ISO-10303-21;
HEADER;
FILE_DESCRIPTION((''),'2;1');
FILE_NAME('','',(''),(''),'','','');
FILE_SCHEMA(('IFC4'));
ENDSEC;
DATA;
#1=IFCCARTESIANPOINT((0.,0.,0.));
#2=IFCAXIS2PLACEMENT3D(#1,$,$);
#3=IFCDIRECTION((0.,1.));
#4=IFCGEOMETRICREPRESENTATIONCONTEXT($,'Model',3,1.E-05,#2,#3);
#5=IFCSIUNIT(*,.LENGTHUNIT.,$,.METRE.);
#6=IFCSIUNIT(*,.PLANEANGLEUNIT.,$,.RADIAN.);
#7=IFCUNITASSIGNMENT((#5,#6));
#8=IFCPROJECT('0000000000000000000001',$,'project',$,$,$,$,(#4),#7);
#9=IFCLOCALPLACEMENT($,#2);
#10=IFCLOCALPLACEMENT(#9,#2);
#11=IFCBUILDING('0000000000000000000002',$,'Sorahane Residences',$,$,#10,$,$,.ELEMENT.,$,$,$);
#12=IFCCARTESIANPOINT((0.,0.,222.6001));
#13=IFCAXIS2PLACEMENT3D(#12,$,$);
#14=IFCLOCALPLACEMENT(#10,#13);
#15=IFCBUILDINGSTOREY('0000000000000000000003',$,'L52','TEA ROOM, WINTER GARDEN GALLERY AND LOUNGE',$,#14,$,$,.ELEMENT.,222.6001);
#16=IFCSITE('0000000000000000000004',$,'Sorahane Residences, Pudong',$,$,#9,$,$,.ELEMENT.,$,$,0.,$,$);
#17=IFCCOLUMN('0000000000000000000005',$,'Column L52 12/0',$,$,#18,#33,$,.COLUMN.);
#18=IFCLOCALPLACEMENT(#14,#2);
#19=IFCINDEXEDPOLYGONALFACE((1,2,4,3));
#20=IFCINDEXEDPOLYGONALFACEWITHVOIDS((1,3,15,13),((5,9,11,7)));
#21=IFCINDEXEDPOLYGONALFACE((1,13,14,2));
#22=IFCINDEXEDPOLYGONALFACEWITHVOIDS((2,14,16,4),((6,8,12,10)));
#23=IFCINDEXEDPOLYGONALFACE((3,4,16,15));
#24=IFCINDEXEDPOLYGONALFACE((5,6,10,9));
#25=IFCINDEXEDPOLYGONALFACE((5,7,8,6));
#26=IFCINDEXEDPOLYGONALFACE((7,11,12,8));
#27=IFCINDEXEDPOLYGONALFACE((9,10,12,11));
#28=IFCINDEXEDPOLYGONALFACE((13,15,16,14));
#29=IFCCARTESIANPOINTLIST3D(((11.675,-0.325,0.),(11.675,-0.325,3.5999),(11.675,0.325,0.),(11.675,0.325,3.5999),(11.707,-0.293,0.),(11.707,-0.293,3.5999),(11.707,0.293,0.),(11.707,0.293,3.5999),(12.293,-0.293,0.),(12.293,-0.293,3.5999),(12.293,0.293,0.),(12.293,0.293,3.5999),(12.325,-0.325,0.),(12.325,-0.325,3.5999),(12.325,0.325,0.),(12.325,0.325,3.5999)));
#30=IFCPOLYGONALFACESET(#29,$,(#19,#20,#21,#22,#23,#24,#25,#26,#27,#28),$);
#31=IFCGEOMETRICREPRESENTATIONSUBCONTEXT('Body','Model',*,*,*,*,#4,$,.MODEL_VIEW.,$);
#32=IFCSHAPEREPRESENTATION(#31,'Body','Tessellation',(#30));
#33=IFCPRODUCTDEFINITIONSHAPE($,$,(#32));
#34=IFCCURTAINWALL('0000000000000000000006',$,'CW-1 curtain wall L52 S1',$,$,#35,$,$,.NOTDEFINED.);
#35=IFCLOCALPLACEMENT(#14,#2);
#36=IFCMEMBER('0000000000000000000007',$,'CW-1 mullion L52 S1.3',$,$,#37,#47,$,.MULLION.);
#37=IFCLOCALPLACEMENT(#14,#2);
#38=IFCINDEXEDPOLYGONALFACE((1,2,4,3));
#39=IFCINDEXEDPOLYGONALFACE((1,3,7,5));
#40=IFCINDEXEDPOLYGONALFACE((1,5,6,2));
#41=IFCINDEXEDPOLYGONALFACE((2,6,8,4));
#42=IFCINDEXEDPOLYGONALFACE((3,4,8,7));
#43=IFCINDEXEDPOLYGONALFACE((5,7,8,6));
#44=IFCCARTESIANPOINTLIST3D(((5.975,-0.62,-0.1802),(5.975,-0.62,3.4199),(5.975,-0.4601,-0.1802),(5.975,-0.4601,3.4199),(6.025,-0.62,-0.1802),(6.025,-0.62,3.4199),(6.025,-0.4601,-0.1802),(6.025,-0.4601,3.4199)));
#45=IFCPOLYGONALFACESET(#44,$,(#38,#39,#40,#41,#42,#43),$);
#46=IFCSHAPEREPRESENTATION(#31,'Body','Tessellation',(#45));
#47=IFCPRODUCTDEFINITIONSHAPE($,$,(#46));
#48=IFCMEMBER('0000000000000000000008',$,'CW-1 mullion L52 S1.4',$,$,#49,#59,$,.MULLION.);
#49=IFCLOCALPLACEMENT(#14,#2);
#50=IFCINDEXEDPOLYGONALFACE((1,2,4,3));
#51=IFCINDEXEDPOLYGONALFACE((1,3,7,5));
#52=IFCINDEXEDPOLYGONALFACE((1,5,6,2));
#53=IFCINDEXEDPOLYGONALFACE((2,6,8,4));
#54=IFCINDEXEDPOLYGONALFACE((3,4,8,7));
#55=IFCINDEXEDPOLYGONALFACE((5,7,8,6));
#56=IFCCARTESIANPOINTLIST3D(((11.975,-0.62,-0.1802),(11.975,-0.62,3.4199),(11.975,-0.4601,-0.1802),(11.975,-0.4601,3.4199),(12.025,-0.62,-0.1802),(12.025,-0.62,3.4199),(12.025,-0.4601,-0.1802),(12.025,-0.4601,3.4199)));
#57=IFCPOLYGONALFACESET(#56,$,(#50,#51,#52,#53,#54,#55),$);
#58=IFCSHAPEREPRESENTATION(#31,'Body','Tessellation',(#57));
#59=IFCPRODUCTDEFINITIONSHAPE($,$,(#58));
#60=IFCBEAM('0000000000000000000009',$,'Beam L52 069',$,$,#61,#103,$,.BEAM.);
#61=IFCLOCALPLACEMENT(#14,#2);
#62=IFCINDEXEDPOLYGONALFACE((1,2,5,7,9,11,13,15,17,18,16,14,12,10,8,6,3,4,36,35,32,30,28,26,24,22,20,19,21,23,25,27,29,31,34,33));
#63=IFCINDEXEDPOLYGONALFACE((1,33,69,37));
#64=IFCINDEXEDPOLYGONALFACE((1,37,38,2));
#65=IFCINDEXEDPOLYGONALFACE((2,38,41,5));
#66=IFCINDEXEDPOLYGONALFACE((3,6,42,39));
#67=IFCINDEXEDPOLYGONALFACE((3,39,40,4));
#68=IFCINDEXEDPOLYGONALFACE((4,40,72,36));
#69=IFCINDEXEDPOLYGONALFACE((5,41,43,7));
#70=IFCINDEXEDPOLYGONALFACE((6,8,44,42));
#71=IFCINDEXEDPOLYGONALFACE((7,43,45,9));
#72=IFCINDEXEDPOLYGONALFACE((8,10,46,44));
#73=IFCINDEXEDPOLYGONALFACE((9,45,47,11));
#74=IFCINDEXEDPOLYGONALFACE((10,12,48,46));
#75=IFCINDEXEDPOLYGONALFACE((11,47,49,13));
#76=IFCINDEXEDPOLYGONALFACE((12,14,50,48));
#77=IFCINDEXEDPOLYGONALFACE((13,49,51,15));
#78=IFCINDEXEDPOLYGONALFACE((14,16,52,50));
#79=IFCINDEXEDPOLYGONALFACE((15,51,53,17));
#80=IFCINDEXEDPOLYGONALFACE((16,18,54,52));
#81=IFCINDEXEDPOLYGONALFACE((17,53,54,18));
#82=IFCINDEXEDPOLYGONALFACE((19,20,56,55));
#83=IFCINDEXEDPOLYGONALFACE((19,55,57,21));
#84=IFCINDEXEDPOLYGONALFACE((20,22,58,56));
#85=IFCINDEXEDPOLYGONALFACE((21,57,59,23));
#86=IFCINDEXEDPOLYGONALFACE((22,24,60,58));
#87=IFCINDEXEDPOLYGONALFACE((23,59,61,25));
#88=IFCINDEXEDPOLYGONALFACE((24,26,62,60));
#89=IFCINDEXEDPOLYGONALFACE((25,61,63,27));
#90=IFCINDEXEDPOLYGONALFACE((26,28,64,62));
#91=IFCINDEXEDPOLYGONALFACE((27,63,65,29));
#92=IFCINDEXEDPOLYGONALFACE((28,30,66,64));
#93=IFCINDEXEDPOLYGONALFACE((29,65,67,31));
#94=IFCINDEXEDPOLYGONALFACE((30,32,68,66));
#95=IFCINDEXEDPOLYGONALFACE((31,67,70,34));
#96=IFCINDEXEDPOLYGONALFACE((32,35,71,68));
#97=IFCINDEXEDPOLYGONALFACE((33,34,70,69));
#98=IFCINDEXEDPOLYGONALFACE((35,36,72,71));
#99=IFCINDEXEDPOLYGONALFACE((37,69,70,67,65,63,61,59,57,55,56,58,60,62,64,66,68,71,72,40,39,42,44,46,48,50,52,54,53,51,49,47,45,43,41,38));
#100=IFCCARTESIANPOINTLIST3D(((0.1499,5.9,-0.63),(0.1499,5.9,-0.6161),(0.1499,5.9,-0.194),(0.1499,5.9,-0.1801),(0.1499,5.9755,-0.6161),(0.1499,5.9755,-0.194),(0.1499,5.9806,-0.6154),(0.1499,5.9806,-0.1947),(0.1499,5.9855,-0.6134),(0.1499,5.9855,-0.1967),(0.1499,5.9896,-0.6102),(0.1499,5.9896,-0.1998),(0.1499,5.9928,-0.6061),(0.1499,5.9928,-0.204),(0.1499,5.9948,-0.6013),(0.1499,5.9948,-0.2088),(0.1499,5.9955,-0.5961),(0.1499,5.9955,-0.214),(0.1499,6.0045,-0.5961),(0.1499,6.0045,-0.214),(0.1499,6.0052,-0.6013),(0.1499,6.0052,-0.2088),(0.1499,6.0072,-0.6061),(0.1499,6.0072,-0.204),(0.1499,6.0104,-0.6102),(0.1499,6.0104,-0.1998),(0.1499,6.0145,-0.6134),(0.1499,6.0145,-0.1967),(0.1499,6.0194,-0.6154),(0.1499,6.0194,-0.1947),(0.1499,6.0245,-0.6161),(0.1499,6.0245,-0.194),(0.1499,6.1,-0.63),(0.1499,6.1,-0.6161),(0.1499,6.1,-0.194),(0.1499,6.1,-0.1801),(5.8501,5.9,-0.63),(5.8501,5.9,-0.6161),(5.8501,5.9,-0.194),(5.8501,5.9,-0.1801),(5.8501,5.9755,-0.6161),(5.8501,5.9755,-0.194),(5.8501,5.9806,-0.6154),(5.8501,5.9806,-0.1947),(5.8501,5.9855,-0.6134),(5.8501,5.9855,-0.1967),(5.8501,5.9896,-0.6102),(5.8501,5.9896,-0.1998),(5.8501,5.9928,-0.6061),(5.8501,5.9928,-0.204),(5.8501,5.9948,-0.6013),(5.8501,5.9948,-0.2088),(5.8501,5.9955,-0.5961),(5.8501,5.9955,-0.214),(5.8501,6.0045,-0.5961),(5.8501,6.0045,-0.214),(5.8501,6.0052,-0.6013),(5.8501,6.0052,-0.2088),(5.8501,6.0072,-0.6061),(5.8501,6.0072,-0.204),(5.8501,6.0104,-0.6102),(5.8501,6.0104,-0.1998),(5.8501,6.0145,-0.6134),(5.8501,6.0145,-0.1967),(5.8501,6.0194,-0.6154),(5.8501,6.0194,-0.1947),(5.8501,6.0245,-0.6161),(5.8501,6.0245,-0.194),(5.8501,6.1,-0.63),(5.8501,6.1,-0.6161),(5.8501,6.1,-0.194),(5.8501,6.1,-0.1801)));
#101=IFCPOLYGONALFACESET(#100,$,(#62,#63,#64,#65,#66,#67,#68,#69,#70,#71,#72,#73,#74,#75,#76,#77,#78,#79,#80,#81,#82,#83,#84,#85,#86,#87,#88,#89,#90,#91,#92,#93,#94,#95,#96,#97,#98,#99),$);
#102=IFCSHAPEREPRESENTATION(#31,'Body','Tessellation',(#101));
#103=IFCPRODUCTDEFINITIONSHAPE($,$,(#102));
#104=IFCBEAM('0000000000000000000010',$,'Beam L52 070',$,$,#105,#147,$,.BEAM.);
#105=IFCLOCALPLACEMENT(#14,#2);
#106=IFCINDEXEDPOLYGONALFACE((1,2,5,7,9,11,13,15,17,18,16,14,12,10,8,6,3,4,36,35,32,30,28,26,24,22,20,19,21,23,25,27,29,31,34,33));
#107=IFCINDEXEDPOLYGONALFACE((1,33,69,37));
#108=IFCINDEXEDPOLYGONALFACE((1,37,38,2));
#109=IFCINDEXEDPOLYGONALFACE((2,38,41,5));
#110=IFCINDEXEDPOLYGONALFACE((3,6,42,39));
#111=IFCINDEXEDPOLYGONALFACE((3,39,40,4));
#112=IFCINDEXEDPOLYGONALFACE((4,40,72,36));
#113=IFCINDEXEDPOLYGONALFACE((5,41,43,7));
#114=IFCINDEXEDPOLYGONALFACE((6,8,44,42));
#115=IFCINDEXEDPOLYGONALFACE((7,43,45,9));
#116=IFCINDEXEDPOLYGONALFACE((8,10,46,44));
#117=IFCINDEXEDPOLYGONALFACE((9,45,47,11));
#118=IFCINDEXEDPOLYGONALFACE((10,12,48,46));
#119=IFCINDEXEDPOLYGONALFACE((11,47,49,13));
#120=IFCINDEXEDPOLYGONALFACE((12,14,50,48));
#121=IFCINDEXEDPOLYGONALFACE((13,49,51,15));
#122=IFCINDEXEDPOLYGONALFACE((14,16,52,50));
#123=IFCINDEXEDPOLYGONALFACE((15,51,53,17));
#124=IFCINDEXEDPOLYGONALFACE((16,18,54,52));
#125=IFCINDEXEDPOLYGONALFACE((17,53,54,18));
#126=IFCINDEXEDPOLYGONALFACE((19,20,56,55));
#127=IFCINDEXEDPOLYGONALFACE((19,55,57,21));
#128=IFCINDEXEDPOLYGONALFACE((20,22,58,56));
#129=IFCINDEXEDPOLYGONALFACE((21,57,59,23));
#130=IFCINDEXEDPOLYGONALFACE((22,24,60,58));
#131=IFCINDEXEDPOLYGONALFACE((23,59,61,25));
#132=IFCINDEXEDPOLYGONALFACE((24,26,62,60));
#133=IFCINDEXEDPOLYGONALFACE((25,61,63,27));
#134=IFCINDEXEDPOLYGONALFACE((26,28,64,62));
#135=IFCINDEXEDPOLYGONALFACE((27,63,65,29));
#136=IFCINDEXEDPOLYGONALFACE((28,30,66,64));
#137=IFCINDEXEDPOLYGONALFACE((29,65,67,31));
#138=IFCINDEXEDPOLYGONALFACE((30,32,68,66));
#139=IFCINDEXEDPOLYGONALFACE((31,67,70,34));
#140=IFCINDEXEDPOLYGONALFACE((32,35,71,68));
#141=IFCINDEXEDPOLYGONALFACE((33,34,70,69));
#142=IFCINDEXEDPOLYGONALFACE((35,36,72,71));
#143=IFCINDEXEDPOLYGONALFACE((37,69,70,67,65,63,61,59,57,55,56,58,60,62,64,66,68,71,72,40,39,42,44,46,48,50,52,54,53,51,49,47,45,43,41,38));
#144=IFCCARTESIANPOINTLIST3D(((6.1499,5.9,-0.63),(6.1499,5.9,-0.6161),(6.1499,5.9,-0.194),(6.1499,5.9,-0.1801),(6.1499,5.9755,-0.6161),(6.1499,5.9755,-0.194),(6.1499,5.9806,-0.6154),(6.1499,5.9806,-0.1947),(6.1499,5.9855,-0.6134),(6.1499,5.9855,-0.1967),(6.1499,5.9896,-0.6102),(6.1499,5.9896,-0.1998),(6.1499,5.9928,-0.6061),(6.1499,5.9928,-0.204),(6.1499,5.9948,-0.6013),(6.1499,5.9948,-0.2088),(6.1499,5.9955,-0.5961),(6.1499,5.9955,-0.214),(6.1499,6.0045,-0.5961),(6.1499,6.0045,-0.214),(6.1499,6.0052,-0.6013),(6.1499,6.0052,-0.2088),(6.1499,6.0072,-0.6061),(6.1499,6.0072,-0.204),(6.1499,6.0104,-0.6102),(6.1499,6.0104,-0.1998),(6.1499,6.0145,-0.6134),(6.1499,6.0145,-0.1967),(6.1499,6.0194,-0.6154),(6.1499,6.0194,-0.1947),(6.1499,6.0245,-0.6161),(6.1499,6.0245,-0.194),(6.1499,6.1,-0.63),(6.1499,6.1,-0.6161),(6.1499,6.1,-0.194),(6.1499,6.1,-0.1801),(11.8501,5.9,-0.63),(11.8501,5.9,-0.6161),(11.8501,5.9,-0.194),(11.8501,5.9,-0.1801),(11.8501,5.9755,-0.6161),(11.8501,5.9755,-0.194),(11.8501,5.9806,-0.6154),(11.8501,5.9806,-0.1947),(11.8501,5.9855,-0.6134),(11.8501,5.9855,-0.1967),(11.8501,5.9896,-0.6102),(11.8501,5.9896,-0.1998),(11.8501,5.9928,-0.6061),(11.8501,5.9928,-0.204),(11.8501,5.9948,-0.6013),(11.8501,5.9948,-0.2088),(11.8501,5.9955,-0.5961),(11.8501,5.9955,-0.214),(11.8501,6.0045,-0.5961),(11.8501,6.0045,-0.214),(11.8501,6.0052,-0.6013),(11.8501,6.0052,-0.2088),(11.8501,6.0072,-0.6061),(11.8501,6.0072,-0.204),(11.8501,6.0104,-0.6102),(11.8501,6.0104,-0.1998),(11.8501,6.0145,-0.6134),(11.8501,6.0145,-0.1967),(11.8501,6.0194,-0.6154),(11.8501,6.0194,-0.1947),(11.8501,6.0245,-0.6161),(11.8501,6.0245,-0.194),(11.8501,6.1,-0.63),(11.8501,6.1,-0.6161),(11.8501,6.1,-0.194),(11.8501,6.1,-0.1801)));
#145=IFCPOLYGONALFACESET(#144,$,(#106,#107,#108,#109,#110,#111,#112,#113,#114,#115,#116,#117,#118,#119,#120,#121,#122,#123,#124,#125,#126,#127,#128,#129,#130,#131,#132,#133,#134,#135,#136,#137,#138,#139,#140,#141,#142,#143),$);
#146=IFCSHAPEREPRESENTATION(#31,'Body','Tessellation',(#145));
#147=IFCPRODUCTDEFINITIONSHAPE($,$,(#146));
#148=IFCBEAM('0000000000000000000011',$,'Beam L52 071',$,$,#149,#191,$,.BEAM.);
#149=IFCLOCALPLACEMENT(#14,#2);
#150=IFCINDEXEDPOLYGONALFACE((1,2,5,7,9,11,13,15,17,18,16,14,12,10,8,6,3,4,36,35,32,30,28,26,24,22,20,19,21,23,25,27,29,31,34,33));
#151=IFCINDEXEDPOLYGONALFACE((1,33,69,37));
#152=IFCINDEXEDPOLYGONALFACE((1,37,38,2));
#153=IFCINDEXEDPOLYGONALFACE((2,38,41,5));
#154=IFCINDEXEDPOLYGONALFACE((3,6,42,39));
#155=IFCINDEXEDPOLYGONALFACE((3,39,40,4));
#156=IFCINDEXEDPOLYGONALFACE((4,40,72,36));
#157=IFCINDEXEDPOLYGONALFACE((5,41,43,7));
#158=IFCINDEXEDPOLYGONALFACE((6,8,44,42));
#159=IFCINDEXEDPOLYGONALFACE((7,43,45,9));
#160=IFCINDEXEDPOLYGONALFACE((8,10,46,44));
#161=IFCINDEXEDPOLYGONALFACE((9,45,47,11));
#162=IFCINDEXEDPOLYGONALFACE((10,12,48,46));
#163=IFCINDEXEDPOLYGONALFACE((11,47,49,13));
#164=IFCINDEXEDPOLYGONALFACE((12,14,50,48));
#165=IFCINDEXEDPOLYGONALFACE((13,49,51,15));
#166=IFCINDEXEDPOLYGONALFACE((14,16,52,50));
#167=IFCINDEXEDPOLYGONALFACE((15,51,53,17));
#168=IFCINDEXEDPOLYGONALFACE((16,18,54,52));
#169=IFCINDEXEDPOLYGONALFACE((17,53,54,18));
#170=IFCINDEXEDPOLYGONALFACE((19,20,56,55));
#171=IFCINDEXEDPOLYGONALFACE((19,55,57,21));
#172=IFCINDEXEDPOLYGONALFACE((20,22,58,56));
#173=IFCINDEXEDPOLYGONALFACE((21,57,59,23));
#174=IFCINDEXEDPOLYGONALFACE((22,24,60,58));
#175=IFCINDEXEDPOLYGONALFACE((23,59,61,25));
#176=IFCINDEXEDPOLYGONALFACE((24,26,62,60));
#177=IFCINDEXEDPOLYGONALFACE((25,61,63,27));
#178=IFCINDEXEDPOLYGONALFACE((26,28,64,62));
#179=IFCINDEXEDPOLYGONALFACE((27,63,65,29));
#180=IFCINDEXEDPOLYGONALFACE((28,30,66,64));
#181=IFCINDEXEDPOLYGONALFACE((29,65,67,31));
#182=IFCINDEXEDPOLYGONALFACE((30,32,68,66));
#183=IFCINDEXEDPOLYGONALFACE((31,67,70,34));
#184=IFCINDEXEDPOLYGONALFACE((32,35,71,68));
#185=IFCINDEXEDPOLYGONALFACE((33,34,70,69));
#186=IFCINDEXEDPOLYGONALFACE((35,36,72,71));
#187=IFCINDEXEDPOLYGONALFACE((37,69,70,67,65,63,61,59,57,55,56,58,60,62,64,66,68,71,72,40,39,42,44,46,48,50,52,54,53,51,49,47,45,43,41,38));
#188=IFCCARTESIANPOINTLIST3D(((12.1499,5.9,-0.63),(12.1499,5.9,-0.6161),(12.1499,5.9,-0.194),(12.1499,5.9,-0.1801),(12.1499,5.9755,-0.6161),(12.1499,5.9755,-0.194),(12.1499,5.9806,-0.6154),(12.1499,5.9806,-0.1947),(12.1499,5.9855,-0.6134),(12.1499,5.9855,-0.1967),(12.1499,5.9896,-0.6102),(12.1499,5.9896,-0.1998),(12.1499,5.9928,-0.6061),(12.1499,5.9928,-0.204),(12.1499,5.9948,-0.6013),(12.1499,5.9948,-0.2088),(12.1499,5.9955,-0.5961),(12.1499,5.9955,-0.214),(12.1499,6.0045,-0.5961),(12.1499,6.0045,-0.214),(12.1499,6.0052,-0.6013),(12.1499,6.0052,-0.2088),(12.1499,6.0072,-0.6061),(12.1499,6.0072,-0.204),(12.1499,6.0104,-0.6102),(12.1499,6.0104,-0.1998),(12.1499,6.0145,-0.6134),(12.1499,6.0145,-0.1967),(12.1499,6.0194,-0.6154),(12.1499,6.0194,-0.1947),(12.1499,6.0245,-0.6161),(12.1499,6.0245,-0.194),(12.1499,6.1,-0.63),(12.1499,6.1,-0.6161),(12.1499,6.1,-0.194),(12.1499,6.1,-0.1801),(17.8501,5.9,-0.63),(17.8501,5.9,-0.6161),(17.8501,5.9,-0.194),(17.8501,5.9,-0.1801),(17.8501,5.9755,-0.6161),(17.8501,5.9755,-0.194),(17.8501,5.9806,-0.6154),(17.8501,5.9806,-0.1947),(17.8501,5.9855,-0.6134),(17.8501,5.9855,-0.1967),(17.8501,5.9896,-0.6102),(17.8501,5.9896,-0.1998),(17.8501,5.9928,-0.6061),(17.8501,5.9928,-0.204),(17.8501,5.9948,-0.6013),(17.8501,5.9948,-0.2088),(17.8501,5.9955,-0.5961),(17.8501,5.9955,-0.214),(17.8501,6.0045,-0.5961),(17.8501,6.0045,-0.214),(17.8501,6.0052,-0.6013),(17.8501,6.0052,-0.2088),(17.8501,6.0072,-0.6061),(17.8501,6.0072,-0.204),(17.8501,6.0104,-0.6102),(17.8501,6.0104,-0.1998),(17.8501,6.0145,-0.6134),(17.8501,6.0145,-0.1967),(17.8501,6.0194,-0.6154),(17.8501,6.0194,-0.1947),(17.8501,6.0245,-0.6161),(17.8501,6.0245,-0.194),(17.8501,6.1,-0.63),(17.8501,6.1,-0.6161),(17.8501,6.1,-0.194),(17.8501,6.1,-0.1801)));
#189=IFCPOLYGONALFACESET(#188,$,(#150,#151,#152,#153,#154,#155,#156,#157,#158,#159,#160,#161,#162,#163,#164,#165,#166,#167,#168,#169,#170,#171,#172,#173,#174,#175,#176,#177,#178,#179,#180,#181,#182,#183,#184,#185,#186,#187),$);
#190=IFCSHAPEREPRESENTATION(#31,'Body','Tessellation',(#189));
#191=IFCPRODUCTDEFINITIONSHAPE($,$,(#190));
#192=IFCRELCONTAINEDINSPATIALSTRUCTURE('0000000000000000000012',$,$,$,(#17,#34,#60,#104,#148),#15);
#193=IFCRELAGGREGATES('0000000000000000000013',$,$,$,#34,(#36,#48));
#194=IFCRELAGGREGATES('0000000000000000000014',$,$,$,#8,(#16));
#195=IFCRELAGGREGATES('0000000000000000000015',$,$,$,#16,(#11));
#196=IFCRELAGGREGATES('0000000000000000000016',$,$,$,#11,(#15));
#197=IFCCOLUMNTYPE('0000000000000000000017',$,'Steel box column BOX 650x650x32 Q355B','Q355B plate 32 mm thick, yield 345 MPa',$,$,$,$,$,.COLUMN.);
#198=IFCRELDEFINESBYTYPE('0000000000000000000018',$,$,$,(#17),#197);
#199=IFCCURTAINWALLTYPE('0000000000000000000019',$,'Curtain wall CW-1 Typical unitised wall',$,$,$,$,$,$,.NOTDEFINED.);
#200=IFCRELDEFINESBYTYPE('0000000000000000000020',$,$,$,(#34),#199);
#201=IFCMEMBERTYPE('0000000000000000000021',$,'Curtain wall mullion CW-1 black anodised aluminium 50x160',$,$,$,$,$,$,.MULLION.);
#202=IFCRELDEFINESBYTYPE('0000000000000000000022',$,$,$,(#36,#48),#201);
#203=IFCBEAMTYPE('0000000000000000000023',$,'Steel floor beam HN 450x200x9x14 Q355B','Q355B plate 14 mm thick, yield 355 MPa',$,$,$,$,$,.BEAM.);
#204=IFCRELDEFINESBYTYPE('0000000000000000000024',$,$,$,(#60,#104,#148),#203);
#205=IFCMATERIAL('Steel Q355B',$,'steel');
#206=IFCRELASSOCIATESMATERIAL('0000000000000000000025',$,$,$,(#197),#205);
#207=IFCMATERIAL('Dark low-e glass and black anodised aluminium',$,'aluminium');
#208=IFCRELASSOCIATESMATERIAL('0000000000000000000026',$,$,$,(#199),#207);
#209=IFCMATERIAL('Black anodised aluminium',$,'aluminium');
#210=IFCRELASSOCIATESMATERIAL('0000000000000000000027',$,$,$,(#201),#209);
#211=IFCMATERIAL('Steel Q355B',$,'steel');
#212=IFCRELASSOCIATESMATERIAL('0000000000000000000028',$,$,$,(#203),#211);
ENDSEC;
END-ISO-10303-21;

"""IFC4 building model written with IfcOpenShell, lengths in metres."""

from ifc_helpers import new_model, si_unit, direction, frame, origin, origin_2d, place, context, subcontext, project, spatial, rectangle, hollow_rectangle, i_section, extrude, material, material_profile, profile_set, type_object, element, aggregate, save


model = new_model("IFC4")

# Units and contexts
model_context = context("Model", 3, precision=1e-05, world=origin(), true_north=direction((0.0, 1.0)))
body_context = subcontext(model_context, "Body", "Model", "MODEL_VIEW")
ifc_project = project(units=[si_unit("LENGTHUNIT", "METRE"), si_unit("PLANEANGLEUNIT", "RADIAN")], contexts=[model_context])

# Site, building, storey
site_placement = place(None, origin())
site = spatial("IfcSite", under=ifc_project, at=site_placement, Name="Sorahane Residences, Pudong", CompositionType="ELEMENT", RefElevation=0.0)
building_placement = place(site_placement, origin())
building = spatial("IfcBuilding", under=site, at=building_placement, Name="Sorahane Residences", CompositionType="ELEMENT")
storey_placement = place(building_placement, frame((0.0, 0.0, 222.6001)))
storey = spatial("IfcBuildingStorey", under=building, at=storey_placement, Name="L52", Description="TEA ROOM, WINTER GARDEN GALLERY AND LOUNGE", CompositionType="ELEMENT", Elevation=222.6001)

# Column
ifc_material_1 = material(Name="Steel Q355B", Category="steel")
ifc_material_profile_1 = material_profile(ifc_material_1, hollow_rectangle(XDim=0.6499, YDim=0.6499, WallThickness=0.032, at=origin_2d()), Name="BOX 650x650x32")
ifc_profile_set_1 = profile_set([ifc_material_profile_1], Name="Steel Q355B")
column_type = type_object("IfcColumnType", Name="Steel box column BOX 650x650x32 Q355B", Description="Q355B plate 32 mm thick, yield 345 MPa", PredefinedType="COLUMN", material=ifc_profile_set_1)
column_placement = place(storey_placement, frame((12.0, 0.0, 0.0), z_axis=(0.0, 0.0, 1.0), x_axis=(1.0, 0.0, 0.0)))
element("IfcColumn", 1, at=column_placement, inside=storey, type_object=column_type, Name="Column L52 12/0", PredefinedType="COLUMN", context=body_context, shape_type="SweptSolid", body=[
    extrude(hollow_rectangle(XDim=0.6499, YDim=0.6499, WallThickness=0.032, at=origin_2d()), origin(), (0.0, 0.0, 1.0), 3.5999),
])

# Curtain wall, members
ifc_material_2 = material(Name="Dark low-e glass and black anodised aluminium", Category="aluminium")
curtain_wall_type = type_object("IfcCurtainWallType", Name="Curtain wall CW-1 Typical unitised wall", PredefinedType="NOTDEFINED", material=ifc_material_2)
curtain_wall_placement = place(storey_placement, origin())
curtain_wall = element("IfcCurtainWall", 2, at=curtain_wall_placement, inside=storey, type_object=curtain_wall_type, Name="CW-1 curtain wall L52 S1", PredefinedType="NOTDEFINED")
ifc_material_3 = material(Name="Black anodised aluminium", Category="aluminium")
ifc_material_profile_2 = material_profile(ifc_material_3, rectangle(XDim=0.1599, YDim=0.05, at=origin_2d()), Name="Curtain wall mullion CW-1 black anodised aluminium 50x160")
ifc_profile_set_2 = profile_set([ifc_material_profile_2], Name="Black anodised aluminium")
member_type = type_object("IfcMemberType", Name="Curtain wall mullion CW-1 black anodised aluminium 50x160", PredefinedType="MULLION", material=ifc_profile_set_2)
member_1_placement = place(storey_placement, frame((6.0, -0.54, -0.1802), z_axis=(0.0, 0.0, 1.0), x_axis=(0.0, -1.0, 0.0)))
member_1 = element("IfcMember", 3, at=member_1_placement, type_object=member_type, Name="CW-1 mullion L52 S1.3", PredefinedType="MULLION", context=body_context, shape_type="SweptSolid", body=[
    extrude(rectangle(XDim=0.1599, YDim=0.05, at=origin_2d()), origin(), (0.0, 0.0, 1.0), 3.6001),
])
member_2_placement = place(storey_placement, frame((12.0, -0.54, -0.1802), z_axis=(0.0, 0.0, 1.0), x_axis=(0.0, -1.0, 0.0)))
member_2 = element("IfcMember", 4, at=member_2_placement, type_object=member_type, Name="CW-1 mullion L52 S1.4", PredefinedType="MULLION", context=body_context, shape_type="SweptSolid", body=[
    extrude(rectangle(XDim=0.1599, YDim=0.05, at=origin_2d()), origin(), (0.0, 0.0, 1.0), 3.6001),
])

# Beams
ifc_material_4 = material(Name="Steel Q355B", Category="steel")
ifc_material_profile_3 = material_profile(ifc_material_4, i_section(OverallWidth=0.2, OverallDepth=0.45, WebThickness=0.009, FlangeThickness=0.0139, FilletRadius=0.02, at=origin_2d()), Name="HN 450x200x9x14")
ifc_profile_set_3 = profile_set([ifc_material_profile_3], Name="Steel Q355B")
beam_type_1 = type_object("IfcBeamType", Name="Steel floor beam HN 450x200x9x14 Q355B", Description="Q355B plate 14 mm thick, yield 355 MPa", PredefinedType="BEAM", material=ifc_profile_set_3)
for number, where, z_axis, x_axis, name in (
    (5, (0.1499, 6.0, -0.405), (1.0, 0.0, 0.0), (0.0, 1.0, 0.0), "Beam L52 069"),
    (6, (6.1499, 6.0, -0.405), (1.0, 0.0, 0.0), (0.0, 1.0, 0.0), "Beam L52 070"),
    (7, (12.1499, 6.0, -0.405), (1.0, 0.0, 0.0), (0.0, 1.0, 0.0), "Beam L52 071"),
):
    element("IfcBeam", number, at=place(storey_placement, frame(where, z_axis=z_axis, x_axis=x_axis)), inside=storey, type_object=beam_type_1, Name=name, PredefinedType="BEAM", context=body_context, shape_type="SweptSolid", body=[
        extrude(i_section(OverallWidth=0.2, OverallDepth=0.45, WebThickness=0.009, FlangeThickness=0.0139, FilletRadius=0.02, at=origin_2d()), origin(), (0.0, 0.0, 1.0), 5.7002),
    ])

aggregate(curtain_wall, [member_1, member_2])

save(model, "model.ifc")
